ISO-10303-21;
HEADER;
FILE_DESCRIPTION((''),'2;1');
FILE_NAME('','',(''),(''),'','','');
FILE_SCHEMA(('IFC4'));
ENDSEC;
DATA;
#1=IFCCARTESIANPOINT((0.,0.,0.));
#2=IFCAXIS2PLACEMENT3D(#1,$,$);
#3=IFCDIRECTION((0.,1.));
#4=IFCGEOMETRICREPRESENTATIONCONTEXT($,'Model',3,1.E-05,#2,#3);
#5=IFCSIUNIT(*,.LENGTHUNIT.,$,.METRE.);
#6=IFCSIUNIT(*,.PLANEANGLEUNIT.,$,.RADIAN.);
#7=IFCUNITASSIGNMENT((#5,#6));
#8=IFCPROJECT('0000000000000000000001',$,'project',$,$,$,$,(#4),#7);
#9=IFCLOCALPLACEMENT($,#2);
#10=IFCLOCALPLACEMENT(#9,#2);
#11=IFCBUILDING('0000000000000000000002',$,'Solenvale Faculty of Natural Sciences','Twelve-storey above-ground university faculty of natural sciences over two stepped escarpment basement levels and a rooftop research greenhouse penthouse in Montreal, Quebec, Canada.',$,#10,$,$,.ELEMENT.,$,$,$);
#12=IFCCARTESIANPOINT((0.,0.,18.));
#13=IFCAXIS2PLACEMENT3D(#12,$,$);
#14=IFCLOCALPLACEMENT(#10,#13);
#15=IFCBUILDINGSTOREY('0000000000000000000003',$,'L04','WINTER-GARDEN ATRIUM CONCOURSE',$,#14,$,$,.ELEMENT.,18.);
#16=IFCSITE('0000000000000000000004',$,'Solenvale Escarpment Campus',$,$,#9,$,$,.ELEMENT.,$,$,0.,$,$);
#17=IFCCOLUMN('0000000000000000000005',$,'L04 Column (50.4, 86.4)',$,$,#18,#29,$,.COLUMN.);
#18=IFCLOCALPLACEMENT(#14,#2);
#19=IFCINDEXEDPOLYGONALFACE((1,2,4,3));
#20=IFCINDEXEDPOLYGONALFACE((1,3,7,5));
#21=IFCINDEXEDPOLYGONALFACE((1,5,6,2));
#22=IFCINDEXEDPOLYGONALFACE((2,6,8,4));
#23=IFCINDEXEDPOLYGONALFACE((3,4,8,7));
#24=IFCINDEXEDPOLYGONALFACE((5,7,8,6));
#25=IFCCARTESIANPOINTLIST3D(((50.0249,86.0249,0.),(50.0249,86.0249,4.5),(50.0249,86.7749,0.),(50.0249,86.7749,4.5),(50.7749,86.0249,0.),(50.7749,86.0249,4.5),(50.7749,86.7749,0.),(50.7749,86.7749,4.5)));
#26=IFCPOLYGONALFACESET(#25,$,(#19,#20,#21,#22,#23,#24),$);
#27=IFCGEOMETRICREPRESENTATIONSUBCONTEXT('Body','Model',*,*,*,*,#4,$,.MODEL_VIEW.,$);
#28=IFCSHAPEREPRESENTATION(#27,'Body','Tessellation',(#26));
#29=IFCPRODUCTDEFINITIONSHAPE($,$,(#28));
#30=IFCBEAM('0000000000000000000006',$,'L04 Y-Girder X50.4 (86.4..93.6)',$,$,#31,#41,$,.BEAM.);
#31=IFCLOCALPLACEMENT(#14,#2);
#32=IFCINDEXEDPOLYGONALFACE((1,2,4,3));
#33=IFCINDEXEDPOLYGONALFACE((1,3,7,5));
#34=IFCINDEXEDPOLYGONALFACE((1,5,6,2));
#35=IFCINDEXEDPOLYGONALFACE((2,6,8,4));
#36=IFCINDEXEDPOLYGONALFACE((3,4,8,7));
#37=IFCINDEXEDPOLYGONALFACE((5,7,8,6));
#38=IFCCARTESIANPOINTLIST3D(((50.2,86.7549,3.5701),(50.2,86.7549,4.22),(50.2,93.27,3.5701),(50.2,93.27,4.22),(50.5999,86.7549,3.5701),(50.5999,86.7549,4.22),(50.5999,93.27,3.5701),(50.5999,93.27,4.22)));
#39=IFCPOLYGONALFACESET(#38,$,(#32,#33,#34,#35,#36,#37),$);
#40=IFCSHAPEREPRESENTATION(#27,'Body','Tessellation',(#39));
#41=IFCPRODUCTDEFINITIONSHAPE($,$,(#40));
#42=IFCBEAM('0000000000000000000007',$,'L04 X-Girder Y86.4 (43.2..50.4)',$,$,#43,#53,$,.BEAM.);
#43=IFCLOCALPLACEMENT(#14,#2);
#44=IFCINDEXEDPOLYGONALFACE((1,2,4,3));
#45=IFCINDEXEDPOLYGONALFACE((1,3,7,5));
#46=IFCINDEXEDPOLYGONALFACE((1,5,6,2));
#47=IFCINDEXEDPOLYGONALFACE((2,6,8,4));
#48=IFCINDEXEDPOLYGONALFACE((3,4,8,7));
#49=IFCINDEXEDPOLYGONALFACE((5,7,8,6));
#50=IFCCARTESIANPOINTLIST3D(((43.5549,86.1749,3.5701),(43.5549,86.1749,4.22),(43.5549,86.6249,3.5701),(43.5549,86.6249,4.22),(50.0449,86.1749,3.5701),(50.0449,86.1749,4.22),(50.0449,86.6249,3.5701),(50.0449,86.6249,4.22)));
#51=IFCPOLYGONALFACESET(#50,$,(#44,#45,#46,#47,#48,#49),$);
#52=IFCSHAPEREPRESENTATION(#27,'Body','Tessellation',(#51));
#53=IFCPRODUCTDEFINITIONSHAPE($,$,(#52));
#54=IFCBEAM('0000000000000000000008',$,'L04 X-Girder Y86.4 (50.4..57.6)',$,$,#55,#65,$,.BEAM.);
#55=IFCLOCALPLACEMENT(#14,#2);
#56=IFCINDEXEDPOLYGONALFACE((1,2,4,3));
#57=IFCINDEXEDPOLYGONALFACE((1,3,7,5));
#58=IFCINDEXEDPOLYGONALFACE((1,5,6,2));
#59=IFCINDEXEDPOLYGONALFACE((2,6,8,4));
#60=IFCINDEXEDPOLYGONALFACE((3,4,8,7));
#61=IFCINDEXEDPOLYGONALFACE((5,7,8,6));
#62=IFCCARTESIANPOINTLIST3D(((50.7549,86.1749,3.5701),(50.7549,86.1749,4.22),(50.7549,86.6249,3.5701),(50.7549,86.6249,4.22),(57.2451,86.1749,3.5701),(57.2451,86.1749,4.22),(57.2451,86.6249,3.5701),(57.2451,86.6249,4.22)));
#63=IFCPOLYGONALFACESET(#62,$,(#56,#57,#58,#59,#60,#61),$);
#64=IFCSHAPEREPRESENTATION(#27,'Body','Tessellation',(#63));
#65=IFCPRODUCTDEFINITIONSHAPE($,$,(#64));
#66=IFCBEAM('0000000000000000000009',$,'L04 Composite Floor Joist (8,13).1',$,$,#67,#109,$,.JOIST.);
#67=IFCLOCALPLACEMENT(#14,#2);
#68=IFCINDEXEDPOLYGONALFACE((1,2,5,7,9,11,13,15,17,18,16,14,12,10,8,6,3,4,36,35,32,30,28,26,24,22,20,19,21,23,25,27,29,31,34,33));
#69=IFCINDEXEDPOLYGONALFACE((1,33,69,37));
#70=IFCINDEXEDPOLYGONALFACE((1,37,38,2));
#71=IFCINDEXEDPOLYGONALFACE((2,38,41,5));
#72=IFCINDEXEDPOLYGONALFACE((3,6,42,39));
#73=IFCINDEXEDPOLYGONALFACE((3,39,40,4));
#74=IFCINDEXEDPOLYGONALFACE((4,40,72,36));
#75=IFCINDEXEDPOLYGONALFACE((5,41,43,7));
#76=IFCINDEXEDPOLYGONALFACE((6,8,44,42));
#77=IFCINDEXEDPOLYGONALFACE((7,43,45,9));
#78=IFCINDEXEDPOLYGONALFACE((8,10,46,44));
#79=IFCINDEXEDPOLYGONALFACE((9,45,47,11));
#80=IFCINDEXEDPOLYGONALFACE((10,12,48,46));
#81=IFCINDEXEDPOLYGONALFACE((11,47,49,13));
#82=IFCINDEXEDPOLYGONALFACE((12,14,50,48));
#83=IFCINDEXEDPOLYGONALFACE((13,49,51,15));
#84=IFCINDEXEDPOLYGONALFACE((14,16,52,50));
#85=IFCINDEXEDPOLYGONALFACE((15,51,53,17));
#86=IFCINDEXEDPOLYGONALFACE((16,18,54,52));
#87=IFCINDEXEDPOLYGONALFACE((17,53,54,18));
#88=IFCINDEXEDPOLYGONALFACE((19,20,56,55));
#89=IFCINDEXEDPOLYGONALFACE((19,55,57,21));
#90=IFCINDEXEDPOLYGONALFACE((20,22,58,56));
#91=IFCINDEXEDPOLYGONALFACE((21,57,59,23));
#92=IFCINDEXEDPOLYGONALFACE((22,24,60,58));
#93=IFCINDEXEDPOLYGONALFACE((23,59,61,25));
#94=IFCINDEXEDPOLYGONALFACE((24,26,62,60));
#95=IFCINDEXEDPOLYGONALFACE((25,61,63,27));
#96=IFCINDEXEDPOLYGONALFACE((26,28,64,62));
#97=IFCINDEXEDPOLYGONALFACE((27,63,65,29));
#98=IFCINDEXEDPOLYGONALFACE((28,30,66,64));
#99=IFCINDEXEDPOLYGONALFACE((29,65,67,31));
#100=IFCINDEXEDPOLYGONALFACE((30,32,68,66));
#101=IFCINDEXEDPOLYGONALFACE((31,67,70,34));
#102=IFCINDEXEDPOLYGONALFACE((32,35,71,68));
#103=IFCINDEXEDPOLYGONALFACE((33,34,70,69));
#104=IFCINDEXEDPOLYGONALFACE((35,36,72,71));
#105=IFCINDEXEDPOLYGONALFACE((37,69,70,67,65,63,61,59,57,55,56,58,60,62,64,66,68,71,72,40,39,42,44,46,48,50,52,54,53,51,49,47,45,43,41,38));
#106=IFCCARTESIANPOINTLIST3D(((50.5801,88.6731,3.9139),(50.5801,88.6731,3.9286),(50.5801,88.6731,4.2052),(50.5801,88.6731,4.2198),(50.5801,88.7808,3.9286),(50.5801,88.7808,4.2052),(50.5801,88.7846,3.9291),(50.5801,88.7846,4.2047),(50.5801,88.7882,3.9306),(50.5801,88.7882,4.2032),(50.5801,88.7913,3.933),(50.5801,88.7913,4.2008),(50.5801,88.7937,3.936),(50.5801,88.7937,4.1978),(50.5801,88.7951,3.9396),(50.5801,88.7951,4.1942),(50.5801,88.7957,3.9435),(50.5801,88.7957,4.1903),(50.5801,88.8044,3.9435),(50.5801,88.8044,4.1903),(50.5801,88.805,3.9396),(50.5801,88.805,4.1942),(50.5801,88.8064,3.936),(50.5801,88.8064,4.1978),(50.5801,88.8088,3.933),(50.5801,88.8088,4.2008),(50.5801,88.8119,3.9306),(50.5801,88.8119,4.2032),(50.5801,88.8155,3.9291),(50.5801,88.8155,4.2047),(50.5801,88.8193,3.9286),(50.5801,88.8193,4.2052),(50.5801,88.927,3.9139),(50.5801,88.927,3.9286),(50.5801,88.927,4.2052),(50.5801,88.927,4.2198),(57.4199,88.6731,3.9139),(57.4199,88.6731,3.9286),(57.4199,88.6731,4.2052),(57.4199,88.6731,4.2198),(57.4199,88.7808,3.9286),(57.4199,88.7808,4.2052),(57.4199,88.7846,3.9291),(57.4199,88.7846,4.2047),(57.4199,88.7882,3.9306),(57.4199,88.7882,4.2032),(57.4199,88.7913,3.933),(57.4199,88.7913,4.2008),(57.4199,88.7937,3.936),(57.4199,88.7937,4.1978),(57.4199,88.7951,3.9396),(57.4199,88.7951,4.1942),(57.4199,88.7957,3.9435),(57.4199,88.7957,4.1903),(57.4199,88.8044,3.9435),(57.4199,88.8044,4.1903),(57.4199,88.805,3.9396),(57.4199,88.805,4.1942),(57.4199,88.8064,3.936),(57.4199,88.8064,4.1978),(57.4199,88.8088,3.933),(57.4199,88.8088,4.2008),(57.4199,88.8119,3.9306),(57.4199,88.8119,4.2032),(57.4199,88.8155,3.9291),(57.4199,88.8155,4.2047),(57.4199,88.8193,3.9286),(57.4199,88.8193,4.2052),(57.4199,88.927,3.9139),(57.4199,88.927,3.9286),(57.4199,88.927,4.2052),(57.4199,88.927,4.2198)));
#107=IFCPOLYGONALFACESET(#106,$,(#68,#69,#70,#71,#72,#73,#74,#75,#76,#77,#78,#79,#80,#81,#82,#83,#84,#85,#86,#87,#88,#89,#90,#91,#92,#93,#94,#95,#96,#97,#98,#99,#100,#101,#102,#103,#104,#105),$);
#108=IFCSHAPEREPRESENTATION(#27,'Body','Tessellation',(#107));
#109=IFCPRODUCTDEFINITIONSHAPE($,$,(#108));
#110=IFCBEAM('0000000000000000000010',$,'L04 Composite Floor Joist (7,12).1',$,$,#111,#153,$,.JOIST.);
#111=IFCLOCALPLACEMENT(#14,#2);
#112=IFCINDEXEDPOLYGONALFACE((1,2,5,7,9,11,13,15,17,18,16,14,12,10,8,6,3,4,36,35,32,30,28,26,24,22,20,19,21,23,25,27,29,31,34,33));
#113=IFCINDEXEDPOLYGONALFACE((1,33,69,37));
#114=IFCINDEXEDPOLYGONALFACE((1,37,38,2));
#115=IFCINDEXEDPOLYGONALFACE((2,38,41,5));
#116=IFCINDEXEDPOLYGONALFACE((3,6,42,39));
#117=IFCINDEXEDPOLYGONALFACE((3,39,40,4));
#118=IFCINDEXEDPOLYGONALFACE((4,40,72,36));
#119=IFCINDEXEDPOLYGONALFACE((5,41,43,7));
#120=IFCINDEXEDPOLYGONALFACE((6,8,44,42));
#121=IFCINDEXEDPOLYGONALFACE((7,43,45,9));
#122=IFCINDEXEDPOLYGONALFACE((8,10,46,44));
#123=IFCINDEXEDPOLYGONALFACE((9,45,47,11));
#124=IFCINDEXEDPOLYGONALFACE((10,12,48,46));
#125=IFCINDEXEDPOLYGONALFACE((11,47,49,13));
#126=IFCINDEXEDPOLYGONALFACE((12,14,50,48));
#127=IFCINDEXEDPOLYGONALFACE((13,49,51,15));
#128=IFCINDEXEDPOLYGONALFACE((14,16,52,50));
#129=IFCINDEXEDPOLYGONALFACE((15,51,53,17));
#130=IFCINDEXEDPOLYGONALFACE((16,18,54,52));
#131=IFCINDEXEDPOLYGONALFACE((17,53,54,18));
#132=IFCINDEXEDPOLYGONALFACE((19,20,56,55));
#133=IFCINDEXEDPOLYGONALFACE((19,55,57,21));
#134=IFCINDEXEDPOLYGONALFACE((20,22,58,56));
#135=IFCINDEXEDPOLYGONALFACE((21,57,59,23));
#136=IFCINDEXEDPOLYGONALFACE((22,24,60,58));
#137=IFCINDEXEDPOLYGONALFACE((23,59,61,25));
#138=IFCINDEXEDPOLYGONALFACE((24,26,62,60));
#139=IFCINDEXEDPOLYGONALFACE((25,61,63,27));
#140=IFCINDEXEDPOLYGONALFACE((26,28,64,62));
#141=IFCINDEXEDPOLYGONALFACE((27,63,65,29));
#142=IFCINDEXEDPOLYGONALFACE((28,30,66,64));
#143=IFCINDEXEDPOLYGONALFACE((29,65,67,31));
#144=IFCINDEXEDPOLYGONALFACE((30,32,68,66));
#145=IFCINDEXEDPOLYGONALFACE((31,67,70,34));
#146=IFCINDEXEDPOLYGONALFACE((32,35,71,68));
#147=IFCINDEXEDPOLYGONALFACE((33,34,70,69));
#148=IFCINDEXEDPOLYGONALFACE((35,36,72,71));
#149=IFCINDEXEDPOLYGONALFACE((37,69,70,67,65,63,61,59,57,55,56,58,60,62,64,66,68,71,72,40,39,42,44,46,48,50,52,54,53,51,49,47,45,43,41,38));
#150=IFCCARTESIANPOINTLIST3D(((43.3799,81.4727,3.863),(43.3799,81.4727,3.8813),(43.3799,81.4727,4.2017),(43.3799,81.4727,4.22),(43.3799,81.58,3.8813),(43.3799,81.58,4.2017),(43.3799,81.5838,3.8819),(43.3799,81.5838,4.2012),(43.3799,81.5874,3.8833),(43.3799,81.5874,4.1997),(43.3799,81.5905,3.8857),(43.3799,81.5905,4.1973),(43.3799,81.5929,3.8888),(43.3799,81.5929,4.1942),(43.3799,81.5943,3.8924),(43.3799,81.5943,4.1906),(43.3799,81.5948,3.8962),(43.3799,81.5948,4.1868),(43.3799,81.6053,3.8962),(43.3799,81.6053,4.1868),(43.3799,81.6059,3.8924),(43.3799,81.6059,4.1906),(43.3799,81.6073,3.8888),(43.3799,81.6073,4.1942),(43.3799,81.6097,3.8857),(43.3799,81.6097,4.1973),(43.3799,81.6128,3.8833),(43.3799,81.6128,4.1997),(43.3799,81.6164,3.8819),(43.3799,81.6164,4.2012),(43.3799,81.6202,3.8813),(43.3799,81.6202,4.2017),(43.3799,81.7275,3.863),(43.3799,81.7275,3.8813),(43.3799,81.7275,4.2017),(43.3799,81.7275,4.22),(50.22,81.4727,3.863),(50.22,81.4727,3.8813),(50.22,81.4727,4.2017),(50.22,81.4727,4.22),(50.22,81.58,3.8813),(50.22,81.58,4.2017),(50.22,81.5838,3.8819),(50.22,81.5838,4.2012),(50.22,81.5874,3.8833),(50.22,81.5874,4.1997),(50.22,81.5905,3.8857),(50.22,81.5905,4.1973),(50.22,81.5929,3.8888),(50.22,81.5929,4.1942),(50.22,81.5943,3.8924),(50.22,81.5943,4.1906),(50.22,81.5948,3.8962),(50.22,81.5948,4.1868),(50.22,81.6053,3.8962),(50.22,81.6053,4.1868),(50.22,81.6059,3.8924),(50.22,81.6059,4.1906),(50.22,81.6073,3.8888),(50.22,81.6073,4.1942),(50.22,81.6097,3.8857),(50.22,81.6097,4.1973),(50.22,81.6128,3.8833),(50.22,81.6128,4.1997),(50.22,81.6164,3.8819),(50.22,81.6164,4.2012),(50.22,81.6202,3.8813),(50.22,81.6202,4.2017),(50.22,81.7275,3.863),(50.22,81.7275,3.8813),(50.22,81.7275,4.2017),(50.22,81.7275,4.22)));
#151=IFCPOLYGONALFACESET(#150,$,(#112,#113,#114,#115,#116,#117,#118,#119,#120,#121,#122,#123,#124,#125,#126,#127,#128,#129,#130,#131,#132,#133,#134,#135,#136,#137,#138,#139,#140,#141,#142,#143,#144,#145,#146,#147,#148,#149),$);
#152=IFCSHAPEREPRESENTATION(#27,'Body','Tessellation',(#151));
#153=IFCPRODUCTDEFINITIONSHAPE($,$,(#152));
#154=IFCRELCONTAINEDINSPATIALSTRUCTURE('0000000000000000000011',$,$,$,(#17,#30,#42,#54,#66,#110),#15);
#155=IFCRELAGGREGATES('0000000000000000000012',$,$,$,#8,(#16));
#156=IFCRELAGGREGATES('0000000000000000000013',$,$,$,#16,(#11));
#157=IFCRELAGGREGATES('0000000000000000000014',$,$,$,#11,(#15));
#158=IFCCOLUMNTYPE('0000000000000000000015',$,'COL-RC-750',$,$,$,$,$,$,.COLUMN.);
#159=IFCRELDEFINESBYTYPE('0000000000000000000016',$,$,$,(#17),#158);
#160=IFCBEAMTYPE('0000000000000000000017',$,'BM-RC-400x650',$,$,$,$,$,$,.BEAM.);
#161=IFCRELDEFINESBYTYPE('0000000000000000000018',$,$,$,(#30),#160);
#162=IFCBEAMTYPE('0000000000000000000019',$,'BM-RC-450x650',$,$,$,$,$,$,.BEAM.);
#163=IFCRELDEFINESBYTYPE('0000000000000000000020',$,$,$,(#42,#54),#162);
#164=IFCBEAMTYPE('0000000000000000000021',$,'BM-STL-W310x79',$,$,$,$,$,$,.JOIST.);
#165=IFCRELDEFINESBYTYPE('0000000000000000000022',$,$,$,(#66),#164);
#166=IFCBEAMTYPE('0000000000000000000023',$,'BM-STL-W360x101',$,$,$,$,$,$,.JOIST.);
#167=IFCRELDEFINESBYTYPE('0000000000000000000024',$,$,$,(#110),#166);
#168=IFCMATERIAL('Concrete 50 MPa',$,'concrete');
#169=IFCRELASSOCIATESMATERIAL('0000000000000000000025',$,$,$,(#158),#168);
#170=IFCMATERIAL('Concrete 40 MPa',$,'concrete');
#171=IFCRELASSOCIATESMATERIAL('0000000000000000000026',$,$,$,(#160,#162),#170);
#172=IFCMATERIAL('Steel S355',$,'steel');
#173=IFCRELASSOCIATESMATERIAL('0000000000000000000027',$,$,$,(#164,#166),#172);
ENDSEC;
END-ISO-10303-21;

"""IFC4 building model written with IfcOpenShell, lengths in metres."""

from ifc_helpers import new_model, si_unit, direction, frame, origin, origin_2d, place, context, subcontext, project, spatial, rectangle, i_section, extrude, material, material_profile, profile_set, type_object, element, save


model = new_model("IFC4")

# Units and contexts
model_context = context("Model", 3, precision=1e-05, world=origin(), true_north=direction((0.0, 1.0)))
body_context = subcontext(model_context, "Body", "Model", "MODEL_VIEW")
ifc_project = project(units=[si_unit("LENGTHUNIT", "METRE"), si_unit("PLANEANGLEUNIT", "RADIAN")], contexts=[model_context])

# Site, building, storey
site_placement = place(None, origin())
site = spatial("IfcSite", under=ifc_project, at=site_placement, Name="Solenvale Escarpment Campus", CompositionType="ELEMENT", RefElevation=0.0)
building_placement = place(site_placement, origin())
building = spatial("IfcBuilding", under=site, at=building_placement, Name="Solenvale Faculty of Natural Sciences", Description="Twelve-storey above-ground university faculty of natural sciences over two stepped escarpment basement levels and a rooftop research greenhouse penthouse in Montreal, Quebec, Canada.", CompositionType="ELEMENT")
storey_placement = place(building_placement, frame((0.0, 0.0, 18.0)))
storey = spatial("IfcBuildingStorey", under=building, at=storey_placement, Name="L04", Description="WINTER-GARDEN ATRIUM CONCOURSE", CompositionType="ELEMENT", Elevation=18.0)

# Column
ifc_material_1 = material(Name="Concrete 50 MPa", Category="concrete")
ifc_material_profile_1 = material_profile(ifc_material_1, rectangle(XDim=0.75, YDim=0.75, at=origin_2d()), Name="RC-COL-750x750")
ifc_profile_set_1 = profile_set([ifc_material_profile_1], Name="Concrete 50 MPa")
column_type = type_object("IfcColumnType", Name="COL-RC-750", PredefinedType="COLUMN", material=ifc_profile_set_1)
column_placement = place(storey_placement, frame((50.3999, 86.3999, 0.0), z_axis=(0.0, 0.0, 1.0), x_axis=(1.0, 0.0, 0.0)))
element("IfcColumn", 1, at=column_placement, inside=storey, type_object=column_type, Name="L04 Column (50.4, 86.4)", PredefinedType="COLUMN", context=body_context, shape_type="SweptSolid", body=[
    extrude(rectangle(XDim=0.75, YDim=0.75, at=origin_2d()), origin(), (0.0, 0.0, 1.0), 4.5),
])

# Beams
ifc_material_2 = material(Name="Concrete 40 MPa", Category="concrete")
ifc_material_profile_2 = material_profile(ifc_material_2, rectangle(XDim=0.3999, YDim=0.6499, at=origin_2d()), Name="RC-BM-400x650")
ifc_profile_set_2 = profile_set([ifc_material_profile_2], Name="Concrete 40 MPa")
beam_type_1 = type_object("IfcBeamType", Name="BM-RC-400x650", PredefinedType="BEAM", material=ifc_profile_set_2)
beam_1_placement = place(storey_placement, frame((50.3999, 86.7549, 3.895), z_axis=(0.0, 1.0, 0.0), x_axis=(-1.0, 0.0, 0.0)))
element("IfcBeam", 2, at=beam_1_placement, inside=storey, type_object=beam_type_1, Name="L04 Y-Girder X50.4 (86.4..93.6)", PredefinedType="BEAM", context=body_context, shape_type="SweptSolid", body=[
    extrude(rectangle(XDim=0.3999, YDim=0.6499, at=origin_2d()), origin(), (0.0, 0.0, 1.0), 6.5151),
])
ifc_material_profile_3 = material_profile(ifc_material_2, rectangle(XDim=0.45, YDim=0.6499, at=origin_2d()), Name="RC-BM-450x650")
ifc_profile_set_3 = profile_set([ifc_material_profile_3], Name="Concrete 40 MPa")
beam_type_2 = type_object("IfcBeamType", Name="BM-RC-450x650", PredefinedType="BEAM", material=ifc_profile_set_3)
beam_2_placement = place(storey_placement, frame((43.5549, 86.3999, 3.895), z_axis=(1.0, 0.0, 0.0), x_axis=(0.0, 1.0, 0.0)))
element("IfcBeam", 3, at=beam_2_placement, inside=storey, type_object=beam_type_2, Name="L04 X-Girder Y86.4 (43.2..50.4)", PredefinedType="BEAM", context=body_context, shape_type="SweptSolid", body=[
    extrude(rectangle(XDim=0.45, YDim=0.6499, at=origin_2d()), origin(), (0.0, 0.0, 1.0), 6.49),
])
beam_3_placement = place(storey_placement, frame((50.7549, 86.3999, 3.895), z_axis=(1.0, 0.0, 0.0), x_axis=(0.0, 1.0, 0.0)))
element("IfcBeam", 4, at=beam_3_placement, inside=storey, type_object=beam_type_2, Name="L04 X-Girder Y86.4 (50.4..57.6)", PredefinedType="BEAM", context=body_context, shape_type="SweptSolid", body=[
    extrude(rectangle(XDim=0.45, YDim=0.6499, at=origin_2d()), origin(), (0.0, 0.0, 1.0), 6.4902),
])
ifc_material_3 = material(Name="Steel S355", Category="steel")
ifc_material_profile_4 = material_profile(ifc_material_3, i_section(OverallWidth=0.2539, OverallDepth=0.3059, WebThickness=0.0088, FlangeThickness=0.0146, FilletRadius=0.0149, at=origin_2d()), Name="W310x79")
ifc_profile_set_4 = profile_set([ifc_material_profile_4], Name="Steel S355")
beam_type_3 = type_object("IfcBeamType", Name="BM-STL-W310x79", PredefinedType="JOIST", material=ifc_profile_set_4)
beam_4_placement = place(storey_placement, frame((50.5801, 88.8, 4.0669), z_axis=(1.0, 0.0, 0.0), x_axis=(0.0, 1.0, 0.0)))
element("IfcBeam", 5, at=beam_4_placement, inside=storey, type_object=beam_type_3, Name="L04 Composite Floor Joist (8,13).1", PredefinedType="JOIST", context=body_context, shape_type="SweptSolid", body=[
    extrude(i_section(OverallWidth=0.2539, OverallDepth=0.3059, WebThickness=0.0088, FlangeThickness=0.0146, FilletRadius=0.0149, at=origin_2d()), origin(), (0.0, 0.0, 1.0), 6.8398),
])
ifc_material_profile_5 = material_profile(ifc_material_3, i_section(OverallWidth=0.2549, OverallDepth=0.3569, WebThickness=0.0105, FlangeThickness=0.0183, FilletRadius=0.0149, at=origin_2d()), Name="W360x101")
ifc_profile_set_5 = profile_set([ifc_material_profile_5], Name="Steel S355")
beam_type_4 = type_object("IfcBeamType", Name="BM-STL-W360x101", PredefinedType="JOIST", material=ifc_profile_set_5)
for number, where, z_axis, x_axis, name in (
    (6, (43.3799, 81.6001, 4.0415), (1.0, 0.0, 0.0), (0.0, 1.0, 0.0), "L04 Composite Floor Joist (7,12).1"),
):
    element("IfcBeam", number, at=place(storey_placement, frame(where, z_axis=z_axis, x_axis=x_axis)), inside=storey, type_object=beam_type_4, Name=name, PredefinedType="JOIST", context=body_context, shape_type="SweptSolid", body=[
        extrude(i_section(OverallWidth=0.2549, OverallDepth=0.3569, WebThickness=0.0105, FlangeThickness=0.0183, FilletRadius=0.0149, at=origin_2d()), origin(), (0.0, 0.0, 1.0), 6.8401),
    ])

save(model, "model.ifc")
